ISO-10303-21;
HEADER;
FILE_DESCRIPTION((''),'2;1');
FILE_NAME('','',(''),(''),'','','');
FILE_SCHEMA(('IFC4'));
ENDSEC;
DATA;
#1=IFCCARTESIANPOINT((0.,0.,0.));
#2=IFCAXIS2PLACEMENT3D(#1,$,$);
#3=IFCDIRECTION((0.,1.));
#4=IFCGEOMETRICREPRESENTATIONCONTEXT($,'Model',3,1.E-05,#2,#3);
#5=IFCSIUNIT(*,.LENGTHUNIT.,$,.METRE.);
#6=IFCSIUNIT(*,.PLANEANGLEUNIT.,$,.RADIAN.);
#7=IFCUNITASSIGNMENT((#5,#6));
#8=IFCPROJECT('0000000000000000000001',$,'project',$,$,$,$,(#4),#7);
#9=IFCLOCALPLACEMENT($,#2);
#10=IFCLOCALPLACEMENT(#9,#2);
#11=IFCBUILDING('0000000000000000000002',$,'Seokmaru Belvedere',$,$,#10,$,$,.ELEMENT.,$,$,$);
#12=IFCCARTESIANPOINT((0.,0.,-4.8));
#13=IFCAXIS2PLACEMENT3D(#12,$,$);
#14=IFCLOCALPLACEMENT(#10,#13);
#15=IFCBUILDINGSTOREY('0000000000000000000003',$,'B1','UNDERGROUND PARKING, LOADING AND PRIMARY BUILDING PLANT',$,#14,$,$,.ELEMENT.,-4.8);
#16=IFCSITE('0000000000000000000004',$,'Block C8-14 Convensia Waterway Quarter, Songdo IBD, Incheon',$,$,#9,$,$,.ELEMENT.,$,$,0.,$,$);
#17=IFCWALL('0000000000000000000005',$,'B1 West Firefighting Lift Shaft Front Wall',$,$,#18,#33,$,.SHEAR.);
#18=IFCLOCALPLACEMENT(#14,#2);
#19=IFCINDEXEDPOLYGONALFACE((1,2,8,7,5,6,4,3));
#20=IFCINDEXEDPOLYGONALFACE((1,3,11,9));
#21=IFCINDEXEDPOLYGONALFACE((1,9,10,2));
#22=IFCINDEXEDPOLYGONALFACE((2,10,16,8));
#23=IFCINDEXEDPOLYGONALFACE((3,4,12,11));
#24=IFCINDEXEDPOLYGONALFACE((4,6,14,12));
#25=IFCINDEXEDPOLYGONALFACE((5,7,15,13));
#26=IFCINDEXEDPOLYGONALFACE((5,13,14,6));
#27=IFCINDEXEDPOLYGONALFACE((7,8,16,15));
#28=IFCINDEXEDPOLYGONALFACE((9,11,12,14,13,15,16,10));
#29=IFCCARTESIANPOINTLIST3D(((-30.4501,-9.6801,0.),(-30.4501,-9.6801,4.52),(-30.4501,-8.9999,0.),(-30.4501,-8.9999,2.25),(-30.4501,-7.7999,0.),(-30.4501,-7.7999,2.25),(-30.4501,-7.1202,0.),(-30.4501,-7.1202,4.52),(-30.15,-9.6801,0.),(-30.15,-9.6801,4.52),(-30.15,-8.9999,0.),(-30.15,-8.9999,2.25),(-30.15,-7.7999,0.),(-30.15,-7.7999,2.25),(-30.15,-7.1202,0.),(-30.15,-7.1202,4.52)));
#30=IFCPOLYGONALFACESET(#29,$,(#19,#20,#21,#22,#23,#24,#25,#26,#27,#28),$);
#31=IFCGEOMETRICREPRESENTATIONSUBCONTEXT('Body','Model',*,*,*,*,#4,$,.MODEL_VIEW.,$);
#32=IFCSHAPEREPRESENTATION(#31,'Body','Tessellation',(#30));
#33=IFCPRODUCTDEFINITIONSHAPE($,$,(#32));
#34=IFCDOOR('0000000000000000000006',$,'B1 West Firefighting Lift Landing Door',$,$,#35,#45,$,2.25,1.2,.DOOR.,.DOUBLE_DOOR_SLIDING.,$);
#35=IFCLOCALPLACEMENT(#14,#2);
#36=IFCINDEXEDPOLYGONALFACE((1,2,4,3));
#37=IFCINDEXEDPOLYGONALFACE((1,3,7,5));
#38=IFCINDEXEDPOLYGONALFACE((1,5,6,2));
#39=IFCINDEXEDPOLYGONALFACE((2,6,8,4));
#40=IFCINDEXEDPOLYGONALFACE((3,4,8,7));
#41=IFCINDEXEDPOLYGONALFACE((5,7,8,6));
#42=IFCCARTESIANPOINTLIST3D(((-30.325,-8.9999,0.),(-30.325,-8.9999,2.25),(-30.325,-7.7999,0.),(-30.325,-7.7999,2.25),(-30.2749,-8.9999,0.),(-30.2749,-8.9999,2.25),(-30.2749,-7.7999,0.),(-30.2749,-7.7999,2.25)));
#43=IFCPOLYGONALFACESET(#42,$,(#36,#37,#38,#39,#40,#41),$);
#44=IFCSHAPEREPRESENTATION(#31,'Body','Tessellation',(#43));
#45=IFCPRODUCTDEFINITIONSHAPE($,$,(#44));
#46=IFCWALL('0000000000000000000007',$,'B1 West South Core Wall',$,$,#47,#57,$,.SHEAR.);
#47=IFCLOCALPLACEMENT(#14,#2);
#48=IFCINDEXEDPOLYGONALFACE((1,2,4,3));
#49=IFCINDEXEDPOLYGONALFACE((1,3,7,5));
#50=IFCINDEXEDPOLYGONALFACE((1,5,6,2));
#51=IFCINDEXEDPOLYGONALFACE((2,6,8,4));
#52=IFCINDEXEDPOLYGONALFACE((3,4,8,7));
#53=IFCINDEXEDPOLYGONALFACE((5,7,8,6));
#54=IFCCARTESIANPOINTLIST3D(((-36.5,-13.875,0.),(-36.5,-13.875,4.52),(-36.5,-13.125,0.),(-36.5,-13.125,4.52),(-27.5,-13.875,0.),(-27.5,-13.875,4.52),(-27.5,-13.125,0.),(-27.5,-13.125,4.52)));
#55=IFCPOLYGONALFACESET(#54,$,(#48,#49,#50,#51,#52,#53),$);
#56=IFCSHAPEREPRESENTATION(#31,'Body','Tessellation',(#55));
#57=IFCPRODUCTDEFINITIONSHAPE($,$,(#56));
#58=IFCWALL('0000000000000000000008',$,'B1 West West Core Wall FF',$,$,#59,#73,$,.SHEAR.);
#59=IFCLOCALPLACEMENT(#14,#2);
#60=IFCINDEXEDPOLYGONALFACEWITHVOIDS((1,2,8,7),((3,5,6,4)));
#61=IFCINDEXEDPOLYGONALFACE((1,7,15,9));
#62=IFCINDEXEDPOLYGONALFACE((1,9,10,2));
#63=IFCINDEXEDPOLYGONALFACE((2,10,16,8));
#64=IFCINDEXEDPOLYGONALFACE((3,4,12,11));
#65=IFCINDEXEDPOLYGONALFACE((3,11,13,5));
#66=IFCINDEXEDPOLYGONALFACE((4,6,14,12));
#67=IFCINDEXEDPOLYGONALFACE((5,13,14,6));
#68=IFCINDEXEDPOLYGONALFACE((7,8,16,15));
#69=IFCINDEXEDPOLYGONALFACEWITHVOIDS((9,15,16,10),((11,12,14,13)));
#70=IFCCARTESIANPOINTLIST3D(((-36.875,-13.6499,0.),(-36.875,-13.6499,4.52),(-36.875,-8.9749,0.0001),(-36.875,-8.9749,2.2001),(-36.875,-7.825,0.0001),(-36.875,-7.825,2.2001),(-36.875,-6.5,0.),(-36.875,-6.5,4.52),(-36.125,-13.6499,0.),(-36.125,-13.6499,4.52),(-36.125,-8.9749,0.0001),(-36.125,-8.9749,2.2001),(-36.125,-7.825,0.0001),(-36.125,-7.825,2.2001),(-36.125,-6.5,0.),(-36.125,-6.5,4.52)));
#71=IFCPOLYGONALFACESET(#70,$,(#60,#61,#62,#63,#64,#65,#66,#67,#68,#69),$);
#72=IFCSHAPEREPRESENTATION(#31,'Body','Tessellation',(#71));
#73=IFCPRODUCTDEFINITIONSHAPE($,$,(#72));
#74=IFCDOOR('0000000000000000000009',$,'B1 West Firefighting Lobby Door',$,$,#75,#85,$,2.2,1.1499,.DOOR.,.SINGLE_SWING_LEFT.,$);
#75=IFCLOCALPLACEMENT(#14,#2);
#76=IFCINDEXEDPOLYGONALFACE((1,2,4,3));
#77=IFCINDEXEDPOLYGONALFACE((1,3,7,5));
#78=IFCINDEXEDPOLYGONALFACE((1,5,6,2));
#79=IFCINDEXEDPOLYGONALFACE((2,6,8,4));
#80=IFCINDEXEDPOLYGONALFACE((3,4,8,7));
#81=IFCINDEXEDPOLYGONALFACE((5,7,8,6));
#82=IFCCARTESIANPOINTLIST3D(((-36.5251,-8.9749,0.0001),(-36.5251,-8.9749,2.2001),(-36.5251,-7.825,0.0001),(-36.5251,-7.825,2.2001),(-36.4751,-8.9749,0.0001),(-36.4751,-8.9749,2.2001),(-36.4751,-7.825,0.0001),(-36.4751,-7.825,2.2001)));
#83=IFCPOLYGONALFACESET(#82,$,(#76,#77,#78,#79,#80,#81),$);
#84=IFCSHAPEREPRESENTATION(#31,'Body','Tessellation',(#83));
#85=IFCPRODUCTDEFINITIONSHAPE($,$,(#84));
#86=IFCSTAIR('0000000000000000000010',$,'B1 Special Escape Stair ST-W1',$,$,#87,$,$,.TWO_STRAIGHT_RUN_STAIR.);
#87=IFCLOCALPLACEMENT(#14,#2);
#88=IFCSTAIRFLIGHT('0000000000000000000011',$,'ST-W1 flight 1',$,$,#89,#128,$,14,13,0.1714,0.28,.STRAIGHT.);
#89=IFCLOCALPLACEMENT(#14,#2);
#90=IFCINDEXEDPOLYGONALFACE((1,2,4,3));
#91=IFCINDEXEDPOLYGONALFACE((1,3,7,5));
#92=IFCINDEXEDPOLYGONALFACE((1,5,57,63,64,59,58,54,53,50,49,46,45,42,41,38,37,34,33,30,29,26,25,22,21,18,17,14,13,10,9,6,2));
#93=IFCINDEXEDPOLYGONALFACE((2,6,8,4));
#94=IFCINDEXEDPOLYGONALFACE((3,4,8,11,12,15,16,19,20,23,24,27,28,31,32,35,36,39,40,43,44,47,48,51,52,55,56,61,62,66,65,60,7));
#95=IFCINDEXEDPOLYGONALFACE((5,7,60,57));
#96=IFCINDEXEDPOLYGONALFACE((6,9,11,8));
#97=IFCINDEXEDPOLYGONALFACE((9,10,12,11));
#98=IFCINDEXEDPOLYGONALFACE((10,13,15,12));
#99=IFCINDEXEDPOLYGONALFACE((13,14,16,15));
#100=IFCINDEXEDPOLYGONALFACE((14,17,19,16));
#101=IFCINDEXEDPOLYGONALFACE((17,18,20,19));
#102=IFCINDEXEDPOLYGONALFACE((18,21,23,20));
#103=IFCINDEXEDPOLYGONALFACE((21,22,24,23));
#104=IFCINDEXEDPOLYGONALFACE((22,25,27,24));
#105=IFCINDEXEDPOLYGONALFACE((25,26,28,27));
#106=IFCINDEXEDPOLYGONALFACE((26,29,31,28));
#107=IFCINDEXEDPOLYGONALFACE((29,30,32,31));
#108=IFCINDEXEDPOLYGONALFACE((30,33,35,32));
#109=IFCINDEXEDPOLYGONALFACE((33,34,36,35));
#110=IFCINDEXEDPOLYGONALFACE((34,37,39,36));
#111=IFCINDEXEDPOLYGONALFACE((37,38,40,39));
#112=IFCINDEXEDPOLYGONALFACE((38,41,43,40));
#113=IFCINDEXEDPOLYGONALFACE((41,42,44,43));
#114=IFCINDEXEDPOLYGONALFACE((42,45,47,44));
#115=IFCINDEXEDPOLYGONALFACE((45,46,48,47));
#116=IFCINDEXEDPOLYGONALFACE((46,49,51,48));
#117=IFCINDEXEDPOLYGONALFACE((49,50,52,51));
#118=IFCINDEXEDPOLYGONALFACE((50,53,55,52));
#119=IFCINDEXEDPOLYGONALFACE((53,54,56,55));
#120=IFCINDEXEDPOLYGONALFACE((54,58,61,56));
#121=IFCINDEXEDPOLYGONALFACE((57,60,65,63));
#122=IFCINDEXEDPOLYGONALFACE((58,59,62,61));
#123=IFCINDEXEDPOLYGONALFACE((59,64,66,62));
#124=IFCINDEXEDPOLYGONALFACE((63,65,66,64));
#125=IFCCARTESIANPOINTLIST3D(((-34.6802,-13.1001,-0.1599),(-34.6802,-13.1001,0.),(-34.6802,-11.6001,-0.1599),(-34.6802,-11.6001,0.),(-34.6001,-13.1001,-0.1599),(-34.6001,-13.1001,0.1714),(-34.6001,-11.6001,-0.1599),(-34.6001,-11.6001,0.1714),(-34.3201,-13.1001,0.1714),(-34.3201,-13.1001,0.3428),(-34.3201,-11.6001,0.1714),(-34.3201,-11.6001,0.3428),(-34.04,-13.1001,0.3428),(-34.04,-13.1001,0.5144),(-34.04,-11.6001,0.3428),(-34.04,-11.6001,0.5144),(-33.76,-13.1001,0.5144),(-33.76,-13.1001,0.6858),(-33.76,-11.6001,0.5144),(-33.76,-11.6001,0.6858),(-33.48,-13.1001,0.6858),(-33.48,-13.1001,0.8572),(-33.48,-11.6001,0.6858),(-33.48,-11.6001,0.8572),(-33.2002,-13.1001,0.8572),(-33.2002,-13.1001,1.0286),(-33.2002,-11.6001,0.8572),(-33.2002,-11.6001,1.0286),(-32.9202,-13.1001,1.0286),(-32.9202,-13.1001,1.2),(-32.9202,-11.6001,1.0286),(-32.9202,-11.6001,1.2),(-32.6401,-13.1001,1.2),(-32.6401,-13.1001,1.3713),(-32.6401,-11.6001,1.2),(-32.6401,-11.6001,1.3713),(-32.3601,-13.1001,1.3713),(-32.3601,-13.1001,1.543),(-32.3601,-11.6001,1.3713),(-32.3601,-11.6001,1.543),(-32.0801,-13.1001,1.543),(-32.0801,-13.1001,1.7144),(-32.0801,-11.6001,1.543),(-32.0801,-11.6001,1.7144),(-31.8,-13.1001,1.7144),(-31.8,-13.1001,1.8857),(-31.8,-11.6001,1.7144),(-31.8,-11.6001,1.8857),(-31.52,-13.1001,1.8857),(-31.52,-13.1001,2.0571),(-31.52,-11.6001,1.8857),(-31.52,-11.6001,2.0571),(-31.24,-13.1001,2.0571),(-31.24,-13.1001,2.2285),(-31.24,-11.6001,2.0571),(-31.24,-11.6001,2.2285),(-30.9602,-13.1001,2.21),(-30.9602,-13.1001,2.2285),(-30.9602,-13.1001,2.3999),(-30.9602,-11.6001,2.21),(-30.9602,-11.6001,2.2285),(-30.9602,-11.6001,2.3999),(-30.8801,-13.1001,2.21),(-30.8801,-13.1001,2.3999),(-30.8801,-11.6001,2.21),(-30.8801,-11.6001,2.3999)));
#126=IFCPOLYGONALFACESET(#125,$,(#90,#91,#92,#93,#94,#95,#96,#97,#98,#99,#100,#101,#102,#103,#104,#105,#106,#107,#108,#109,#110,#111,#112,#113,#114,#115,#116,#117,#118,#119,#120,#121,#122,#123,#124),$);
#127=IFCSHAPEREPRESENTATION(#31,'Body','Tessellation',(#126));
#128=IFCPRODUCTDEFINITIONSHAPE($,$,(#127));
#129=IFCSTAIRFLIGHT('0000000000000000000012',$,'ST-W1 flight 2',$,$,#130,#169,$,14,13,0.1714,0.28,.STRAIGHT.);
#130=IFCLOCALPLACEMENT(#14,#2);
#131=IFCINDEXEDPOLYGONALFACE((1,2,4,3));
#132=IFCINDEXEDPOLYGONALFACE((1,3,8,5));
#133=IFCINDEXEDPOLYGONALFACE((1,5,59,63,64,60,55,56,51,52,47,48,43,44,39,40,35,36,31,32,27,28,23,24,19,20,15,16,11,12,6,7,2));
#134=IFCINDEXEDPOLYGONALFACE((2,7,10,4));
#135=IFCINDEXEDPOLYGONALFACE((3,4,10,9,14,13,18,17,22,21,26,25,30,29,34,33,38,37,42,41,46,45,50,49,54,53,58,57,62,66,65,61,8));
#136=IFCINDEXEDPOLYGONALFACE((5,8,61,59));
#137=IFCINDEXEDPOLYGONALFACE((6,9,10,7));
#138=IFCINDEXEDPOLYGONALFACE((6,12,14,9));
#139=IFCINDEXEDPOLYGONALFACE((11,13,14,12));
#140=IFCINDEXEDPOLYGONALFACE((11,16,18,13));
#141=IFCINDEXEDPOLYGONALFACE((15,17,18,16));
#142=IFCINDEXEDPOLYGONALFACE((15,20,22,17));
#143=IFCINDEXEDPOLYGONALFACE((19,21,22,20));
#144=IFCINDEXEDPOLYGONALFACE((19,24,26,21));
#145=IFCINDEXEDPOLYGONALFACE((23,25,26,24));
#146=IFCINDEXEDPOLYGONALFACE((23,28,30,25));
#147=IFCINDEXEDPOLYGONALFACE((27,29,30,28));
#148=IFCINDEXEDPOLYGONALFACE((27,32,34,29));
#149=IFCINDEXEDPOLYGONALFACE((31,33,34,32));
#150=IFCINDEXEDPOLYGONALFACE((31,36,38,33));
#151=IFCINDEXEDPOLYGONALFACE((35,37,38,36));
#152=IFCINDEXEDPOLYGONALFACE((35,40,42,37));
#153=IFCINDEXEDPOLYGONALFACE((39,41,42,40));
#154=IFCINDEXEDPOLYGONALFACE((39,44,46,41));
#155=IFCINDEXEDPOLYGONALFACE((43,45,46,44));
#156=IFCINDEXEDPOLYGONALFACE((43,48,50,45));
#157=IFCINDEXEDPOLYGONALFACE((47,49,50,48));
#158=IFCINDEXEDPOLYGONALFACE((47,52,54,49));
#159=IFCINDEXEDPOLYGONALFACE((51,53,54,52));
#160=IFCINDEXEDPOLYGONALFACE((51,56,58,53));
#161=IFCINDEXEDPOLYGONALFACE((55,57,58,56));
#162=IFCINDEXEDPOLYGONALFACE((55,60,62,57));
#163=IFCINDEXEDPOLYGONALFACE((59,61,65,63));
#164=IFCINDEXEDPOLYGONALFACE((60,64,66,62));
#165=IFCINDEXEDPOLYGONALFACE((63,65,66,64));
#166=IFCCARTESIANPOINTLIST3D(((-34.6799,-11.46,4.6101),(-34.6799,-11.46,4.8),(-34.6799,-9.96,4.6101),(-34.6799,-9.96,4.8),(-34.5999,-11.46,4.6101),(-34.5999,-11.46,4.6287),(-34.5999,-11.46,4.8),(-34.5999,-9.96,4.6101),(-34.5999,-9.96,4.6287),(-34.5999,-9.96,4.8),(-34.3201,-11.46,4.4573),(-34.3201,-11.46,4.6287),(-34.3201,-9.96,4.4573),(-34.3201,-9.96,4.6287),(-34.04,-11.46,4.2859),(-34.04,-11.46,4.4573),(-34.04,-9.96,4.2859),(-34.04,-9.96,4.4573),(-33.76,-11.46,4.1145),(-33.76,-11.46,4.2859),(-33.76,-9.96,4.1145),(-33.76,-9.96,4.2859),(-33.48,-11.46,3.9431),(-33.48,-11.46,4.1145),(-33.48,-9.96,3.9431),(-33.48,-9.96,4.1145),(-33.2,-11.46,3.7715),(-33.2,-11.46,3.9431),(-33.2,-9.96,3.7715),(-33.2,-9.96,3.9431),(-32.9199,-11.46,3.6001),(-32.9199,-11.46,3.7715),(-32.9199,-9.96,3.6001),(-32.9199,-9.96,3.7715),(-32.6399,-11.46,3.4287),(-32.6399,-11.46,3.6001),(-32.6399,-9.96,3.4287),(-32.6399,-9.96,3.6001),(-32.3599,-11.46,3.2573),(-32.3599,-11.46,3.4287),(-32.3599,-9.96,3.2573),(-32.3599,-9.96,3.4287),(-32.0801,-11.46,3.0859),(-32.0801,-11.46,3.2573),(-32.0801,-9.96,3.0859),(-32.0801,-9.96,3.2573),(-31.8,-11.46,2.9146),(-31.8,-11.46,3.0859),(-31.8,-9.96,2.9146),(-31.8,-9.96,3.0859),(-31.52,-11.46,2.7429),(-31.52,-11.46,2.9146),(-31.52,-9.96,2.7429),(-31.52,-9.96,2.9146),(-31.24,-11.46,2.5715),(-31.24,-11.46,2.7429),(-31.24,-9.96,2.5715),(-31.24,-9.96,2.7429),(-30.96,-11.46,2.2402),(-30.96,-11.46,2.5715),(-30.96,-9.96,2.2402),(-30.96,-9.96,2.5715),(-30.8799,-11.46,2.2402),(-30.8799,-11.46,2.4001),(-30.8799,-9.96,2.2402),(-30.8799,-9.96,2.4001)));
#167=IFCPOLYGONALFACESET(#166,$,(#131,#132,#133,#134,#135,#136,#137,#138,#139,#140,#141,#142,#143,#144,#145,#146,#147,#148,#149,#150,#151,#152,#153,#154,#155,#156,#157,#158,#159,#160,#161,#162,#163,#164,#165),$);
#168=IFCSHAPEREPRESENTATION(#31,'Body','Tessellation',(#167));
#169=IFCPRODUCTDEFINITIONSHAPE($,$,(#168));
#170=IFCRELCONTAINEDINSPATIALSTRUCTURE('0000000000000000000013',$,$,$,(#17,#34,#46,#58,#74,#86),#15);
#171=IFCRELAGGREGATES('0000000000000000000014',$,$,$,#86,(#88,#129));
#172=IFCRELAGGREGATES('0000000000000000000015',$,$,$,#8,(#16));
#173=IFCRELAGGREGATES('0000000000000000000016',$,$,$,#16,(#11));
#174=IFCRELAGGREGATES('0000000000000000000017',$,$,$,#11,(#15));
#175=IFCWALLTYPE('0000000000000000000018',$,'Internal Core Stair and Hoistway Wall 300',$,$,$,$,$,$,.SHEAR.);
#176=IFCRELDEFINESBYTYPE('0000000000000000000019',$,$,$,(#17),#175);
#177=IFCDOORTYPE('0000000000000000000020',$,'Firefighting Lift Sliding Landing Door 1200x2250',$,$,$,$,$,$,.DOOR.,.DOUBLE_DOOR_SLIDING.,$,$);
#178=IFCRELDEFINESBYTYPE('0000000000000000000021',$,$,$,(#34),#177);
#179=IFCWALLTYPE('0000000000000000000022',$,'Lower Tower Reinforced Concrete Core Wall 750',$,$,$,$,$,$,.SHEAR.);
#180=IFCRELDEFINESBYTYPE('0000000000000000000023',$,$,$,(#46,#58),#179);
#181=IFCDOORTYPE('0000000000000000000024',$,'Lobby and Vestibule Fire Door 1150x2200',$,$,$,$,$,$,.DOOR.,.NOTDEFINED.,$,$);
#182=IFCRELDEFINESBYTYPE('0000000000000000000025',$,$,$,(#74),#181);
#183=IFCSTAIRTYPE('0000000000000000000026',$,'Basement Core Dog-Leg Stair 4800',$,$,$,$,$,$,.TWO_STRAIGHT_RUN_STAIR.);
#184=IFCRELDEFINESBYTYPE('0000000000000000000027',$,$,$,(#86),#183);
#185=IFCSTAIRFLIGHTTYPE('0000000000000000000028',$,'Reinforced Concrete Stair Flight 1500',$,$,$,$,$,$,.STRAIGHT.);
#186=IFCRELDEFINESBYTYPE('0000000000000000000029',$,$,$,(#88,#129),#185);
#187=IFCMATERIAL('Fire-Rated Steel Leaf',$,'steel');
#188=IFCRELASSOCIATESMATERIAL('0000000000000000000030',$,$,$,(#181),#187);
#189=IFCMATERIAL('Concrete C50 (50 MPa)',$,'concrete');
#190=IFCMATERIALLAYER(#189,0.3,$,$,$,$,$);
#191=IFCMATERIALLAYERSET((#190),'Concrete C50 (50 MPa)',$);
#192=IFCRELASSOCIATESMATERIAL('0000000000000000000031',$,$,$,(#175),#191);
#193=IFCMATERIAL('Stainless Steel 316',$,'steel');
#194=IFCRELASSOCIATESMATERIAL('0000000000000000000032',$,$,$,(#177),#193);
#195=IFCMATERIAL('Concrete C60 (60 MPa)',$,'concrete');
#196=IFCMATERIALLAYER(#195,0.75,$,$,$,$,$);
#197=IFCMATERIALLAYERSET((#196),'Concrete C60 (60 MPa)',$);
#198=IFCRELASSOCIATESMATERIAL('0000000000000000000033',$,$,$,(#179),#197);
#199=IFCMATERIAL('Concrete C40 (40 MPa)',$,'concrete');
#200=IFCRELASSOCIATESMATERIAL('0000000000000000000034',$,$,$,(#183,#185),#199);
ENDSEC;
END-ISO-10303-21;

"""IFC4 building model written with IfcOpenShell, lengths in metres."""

from ifc_helpers import new_model, si_unit, direction, frame, frame_2d, origin, place, context, subcontext, project, spatial, polyline, rectangle, outline, extrude, source, transform, mapped, material, layer, layer_set, type_object, type_shapes, element, fill, aggregate, save


model = new_model("IFC4")

# Units and contexts
model_context = context("Model", 3, precision=1e-05, world=origin(), true_north=direction((0.0, 1.0)))
body_context = subcontext(model_context, "Body", "Model", "MODEL_VIEW")
ifc_project = project(units=[si_unit("LENGTHUNIT", "METRE"), si_unit("PLANEANGLEUNIT", "RADIAN")], contexts=[model_context])

# Site, building, storey
site_placement = place(None, origin())
site = spatial("IfcSite", under=ifc_project, at=site_placement, Name="Block C8-14 Convensia Waterway Quarter, Songdo IBD, Incheon", CompositionType="ELEMENT", RefElevation=0.0)
building_placement = place(site_placement, origin())
building = spatial("IfcBuilding", under=site, at=building_placement, Name="Seokmaru Belvedere", CompositionType="ELEMENT")
storey_placement = place(building_placement, frame((0.0, 0.0, -4.8)))
storey = spatial("IfcBuildingStorey", under=building, at=storey_placement, Name="B1", Description="UNDERGROUND PARKING, LOADING AND PRIMARY BUILDING PLANT", CompositionType="ELEMENT", Elevation=-4.8)

# Shared definitions
ifc_material_1 = material(Name="Concrete C50 (50 MPa)", Category="concrete")

# Wall, opening, door
ifc_material_2 = material(Name="Fire-Rated Steel Leaf", Category="steel")
door_type_1 = type_object("IfcDoorType", Name="Lobby and Vestibule Fire Door 1150x2200", OperationType="NOTDEFINED", PredefinedType="DOOR", material=ifc_material_2)
shared_shape_1 = source(origin(), body_context, "Body", "SweptSolid", [
    extrude(rectangle(XDim=1.1499, YDim=2.2, at=frame_2d((0.575, 1.1001))), frame((0.0, 0.0249, 0.0), z_axis=(0.0, -1.0, 0.0), x_axis=(1.0, 0.0, 0.0)), (0.0, 0.0, 1.0), 0.05),
])
type_shapes(door_type_1, [shared_shape_1])
ifc_layer_1 = layer(ifc_material_1, 0.3)
ifc_layer_set_1 = layer_set([ifc_layer_1], Name="Concrete C50 (50 MPa)")
wall_type_1 = type_object("IfcWallType", Name="Internal Core Stair and Hoistway Wall 300", PredefinedType="SHEAR", material=ifc_layer_set_1)
wall_1_placement = place(storey_placement, frame((-30.3, -9.6799, 0.0), z_axis=(0.0, 0.0, 1.0), x_axis=(0.0, 1.0, 0.0)))
wall_1 = element("IfcWall", 1, at=wall_1_placement, inside=storey, type_object=wall_type_1, Name="B1 West Firefighting Lift Shaft Front Wall", PredefinedType="SHEAR", context=body_context, shape_type="SweptSolid", body=[
    extrude(rectangle(XDim=2.5598, YDim=0.3, at=frame_2d((1.2798, 0.0))), origin(), (0.0, 0.0, 1.0), 4.52),
])
opening_1_placement = place(wall_1_placement, frame((0.6799, 0.0, 0.0)))
opening_1 = element("IfcOpeningElement", 2, at=opening_1_placement, cuts=wall_1, PredefinedType="OPENING", context=body_context, shape_type="SweptSolid", body=[
    extrude(rectangle(XDim=1.2, YDim=2.25, at=frame_2d((0.6001, 1.125))), frame((0.0, 0.1602, 0.0), z_axis=(0.0, -1.0, 0.0), x_axis=(1.0, 0.0, 0.0)), (0.0, 0.0, 1.0), 0.3201),
])
ifc_material_3 = material(Name="Stainless Steel 316", Category="steel")
door_type_2 = type_object("IfcDoorType", Name="Firefighting Lift Sliding Landing Door 1200x2250", OperationType="DOUBLE_DOOR_SLIDING", PredefinedType="DOOR", material=ifc_material_3)
shared_shape_2 = source(origin(), body_context, "Body", "SweptSolid", [
    extrude(rectangle(XDim=1.2, YDim=2.25, at=frame_2d((0.6001, 1.125))), frame((0.0, 0.0249, 0.0), z_axis=(0.0, -1.0, 0.0), x_axis=(1.0, 0.0, 0.0)), (0.0, 0.0, 1.0), 0.05),
])
type_shapes(door_type_2, [shared_shape_2])
door_1_placement = place(opening_1_placement, origin())
door_1 = element("IfcDoor", 3, at=door_1_placement, inside=storey, type_object=door_type_2, Name="B1 West Firefighting Lift Landing Door", OperationType="DOUBLE_DOOR_SLIDING", OverallHeight=2.25, OverallWidth=1.2, PredefinedType="DOOR", context=body_context, shape_type="MappedRepresentation", body=[
    mapped(shared_shape_2, transform((0.0, 0.0, 0.0), scale=1.0)),
])
fill(opening_1, door_1)

# Wall
ifc_material_4 = material(Name="Concrete C60 (60 MPa)", Category="concrete")
ifc_layer_2 = layer(ifc_material_4, 0.75)
ifc_layer_set_2 = layer_set([ifc_layer_2], Name="Concrete C60 (60 MPa)")
wall_type_2 = type_object("IfcWallType", Name="Lower Tower Reinforced Concrete Core Wall 750", PredefinedType="SHEAR", material=ifc_layer_set_2)
wall_2_placement = place(storey_placement, frame((-36.5, -13.5, 0.0), z_axis=(0.0, 0.0, 1.0), x_axis=(1.0, 0.0, 0.0)))
element("IfcWall", 4, at=wall_2_placement, inside=storey, type_object=wall_type_2, Name="B1 West South Core Wall", PredefinedType="SHEAR", context=body_context, shape_type="SweptSolid", body=[
    extrude(rectangle(XDim=9.0, YDim=0.75, at=frame_2d((4.5, 0.0))), origin(), (0.0, 0.0, 1.0), 4.52),
])

# Wall, opening, door
wall_3_placement = place(storey_placement, frame((-36.5, -13.6499, 0.0), z_axis=(0.0, 0.0, 1.0), x_axis=(0.0, 1.0, 0.0)))
wall_3 = element("IfcWall", 5, at=wall_3_placement, inside=storey, type_object=wall_type_2, Name="B1 West West Core Wall FF", PredefinedType="SHEAR", context=body_context, shape_type="SweptSolid", body=[
    extrude(rectangle(XDim=7.1499, YDim=0.75, at=frame_2d((3.575, 0.0))), origin(), (0.0, 0.0, 1.0), 4.52),
])
opening_2_placement = place(wall_3_placement, frame((4.675, 0.0, 0.0)))
opening_2 = element("IfcOpeningElement", 6, at=opening_2_placement, cuts=wall_3, PredefinedType="OPENING", context=body_context, shape_type="SweptSolid", body=[
    extrude(rectangle(XDim=1.1499, YDim=2.2, at=frame_2d((0.575, 1.1001))), frame((0.0, 0.385, 0.0), z_axis=(0.0, -1.0, 0.0), x_axis=(1.0, 0.0, 0.0)), (0.0, 0.0, 1.0), 0.77),
])
door_2_placement = place(opening_2_placement, frame((1.1499, 0.0, 0.0), z_axis=(0.0, 0.0, 1.0), x_axis=(-1.0, 0.0, 0.0)))
door_2 = element("IfcDoor", 7, at=door_2_placement, inside=storey, type_object=door_type_1, Name="B1 West Firefighting Lobby Door", OperationType="SINGLE_SWING_LEFT", OverallHeight=2.2, OverallWidth=1.1499, PredefinedType="DOOR", context=body_context, shape_type="MappedRepresentation", body=[
    mapped(shared_shape_1, transform((0.0, 0.0, 0.0), scale=1.0)),
])
fill(opening_2, door_2)

# Stair, stair flights
ifc_material_5 = material(Name="Concrete C40 (40 MPa)", Category="concrete")
stair_type = type_object("IfcStairType", Name="Basement Core Dog-Leg Stair 4800", PredefinedType="TWO_STRAIGHT_RUN_STAIR", material=ifc_material_5)
stair_placement = place(storey_placement, origin())
stair = element("IfcStair", 8, at=stair_placement, inside=storey, type_object=stair_type, Name="B1 Special Escape Stair ST-W1", PredefinedType="TWO_STRAIGHT_RUN_STAIR")
stair_flight_type = type_object("IfcStairFlightType", Name="Reinforced Concrete Stair Flight 1500", PredefinedType="STRAIGHT", material=ifc_material_5)
stair_flight_1_placement = place(storey_placement, frame((-34.6001, -12.3501, 0.0), z_axis=(0.0, 0.0, 1.0), x_axis=(1.0, 0.0, 0.0)))
stair_flight_1 = element("IfcStairFlight", 9, at=stair_flight_1_placement, type_object=stair_flight_type, Name="ST-W1 flight 1", NumberOfRisers=14, NumberOfTreads=13, PredefinedType="STRAIGHT", RiserHeight=0.1714, TreadLength=0.28, context=body_context, shape_type="SweptSolid", body=[
    extrude(outline(polyline([(-0.0801, 0.0), (0.0, 0.1714), (0.28, 0.1714), (0.28, 0.3428), (0.5601, 0.3428), (0.5601, 0.5144), (0.8401, 0.5144), (0.8401, 0.6858), (1.1201, 0.6858), (1.1201, 0.8572), (1.3999, 0.8572), (1.3999, 1.0286), (1.6799, 1.0286), (1.6799, 1.2), (1.96, 1.2), (1.96, 1.3713), (2.24, 1.3713), (2.24, 1.543), (2.52, 1.543), (2.52, 1.7144), (2.8, 1.7144), (2.8, 1.8857), (3.0801, 1.8857), (3.0801, 2.0571), (3.3601, 2.0571), (3.3601, 2.2285), (3.6399, 2.2285), (3.6399, 2.3999), (3.72, 2.3999), (3.72, 2.21), (3.6399, 2.21), (0.0, -0.1599), (-0.0801, -0.1599), (-0.0801, 0.0)])), frame((0.0, 0.75, 0.0), z_axis=(0.0, -1.0, 0.0), x_axis=(1.0, 0.0, 0.0)), (0.0, 0.0, 1.0), 1.5),
])
stair_flight_2_placement = place(storey_placement, frame((-30.96, -10.71, 2.4001), z_axis=(0.0, 0.0, 1.0), x_axis=(-1.0, 0.0, 0.0)))
stair_flight_2 = element("IfcStairFlight", 10, at=stair_flight_2_placement, type_object=stair_flight_type, Name="ST-W1 flight 2", NumberOfRisers=14, NumberOfTreads=13, PredefinedType="STRAIGHT", RiserHeight=0.1714, TreadLength=0.28, context=body_context, shape_type="SweptSolid", body=[
    extrude(outline(polyline([(-0.0801, 0.0), (0.0, 0.1714), (0.28, 0.1714), (0.28, 0.3428), (0.5601, 0.3428), (0.5601, 0.5144), (0.8401, 0.5144), (0.8401, 0.6858), (1.1201, 0.6858), (1.1201, 0.8572), (1.3999, 0.8572), (1.3999, 1.0286), (1.6799, 1.0286), (1.6799, 1.2), (1.96, 1.2), (1.96, 1.3713), (2.24, 1.3713), (2.24, 1.543), (2.52, 1.543), (2.52, 1.7144), (2.8, 1.7144), (2.8, 1.8857), (3.0801, 1.8857), (3.0801, 2.0571), (3.3601, 2.0571), (3.3601, 2.2285), (3.6399, 2.2285), (3.6399, 2.3999), (3.72, 2.3999), (3.72, 2.21), (3.6399, 2.21), (0.0, -0.1599), (-0.0801, -0.1599), (-0.0801, 0.0)])), frame((0.0, 0.75, 0.0), z_axis=(0.0, -1.0, 0.0), x_axis=(1.0, 0.0, 0.0)), (0.0, 0.0, 1.0), 1.5),
])
aggregate(stair, [stair_flight_1, stair_flight_2])

save(model, "model.ifc")
